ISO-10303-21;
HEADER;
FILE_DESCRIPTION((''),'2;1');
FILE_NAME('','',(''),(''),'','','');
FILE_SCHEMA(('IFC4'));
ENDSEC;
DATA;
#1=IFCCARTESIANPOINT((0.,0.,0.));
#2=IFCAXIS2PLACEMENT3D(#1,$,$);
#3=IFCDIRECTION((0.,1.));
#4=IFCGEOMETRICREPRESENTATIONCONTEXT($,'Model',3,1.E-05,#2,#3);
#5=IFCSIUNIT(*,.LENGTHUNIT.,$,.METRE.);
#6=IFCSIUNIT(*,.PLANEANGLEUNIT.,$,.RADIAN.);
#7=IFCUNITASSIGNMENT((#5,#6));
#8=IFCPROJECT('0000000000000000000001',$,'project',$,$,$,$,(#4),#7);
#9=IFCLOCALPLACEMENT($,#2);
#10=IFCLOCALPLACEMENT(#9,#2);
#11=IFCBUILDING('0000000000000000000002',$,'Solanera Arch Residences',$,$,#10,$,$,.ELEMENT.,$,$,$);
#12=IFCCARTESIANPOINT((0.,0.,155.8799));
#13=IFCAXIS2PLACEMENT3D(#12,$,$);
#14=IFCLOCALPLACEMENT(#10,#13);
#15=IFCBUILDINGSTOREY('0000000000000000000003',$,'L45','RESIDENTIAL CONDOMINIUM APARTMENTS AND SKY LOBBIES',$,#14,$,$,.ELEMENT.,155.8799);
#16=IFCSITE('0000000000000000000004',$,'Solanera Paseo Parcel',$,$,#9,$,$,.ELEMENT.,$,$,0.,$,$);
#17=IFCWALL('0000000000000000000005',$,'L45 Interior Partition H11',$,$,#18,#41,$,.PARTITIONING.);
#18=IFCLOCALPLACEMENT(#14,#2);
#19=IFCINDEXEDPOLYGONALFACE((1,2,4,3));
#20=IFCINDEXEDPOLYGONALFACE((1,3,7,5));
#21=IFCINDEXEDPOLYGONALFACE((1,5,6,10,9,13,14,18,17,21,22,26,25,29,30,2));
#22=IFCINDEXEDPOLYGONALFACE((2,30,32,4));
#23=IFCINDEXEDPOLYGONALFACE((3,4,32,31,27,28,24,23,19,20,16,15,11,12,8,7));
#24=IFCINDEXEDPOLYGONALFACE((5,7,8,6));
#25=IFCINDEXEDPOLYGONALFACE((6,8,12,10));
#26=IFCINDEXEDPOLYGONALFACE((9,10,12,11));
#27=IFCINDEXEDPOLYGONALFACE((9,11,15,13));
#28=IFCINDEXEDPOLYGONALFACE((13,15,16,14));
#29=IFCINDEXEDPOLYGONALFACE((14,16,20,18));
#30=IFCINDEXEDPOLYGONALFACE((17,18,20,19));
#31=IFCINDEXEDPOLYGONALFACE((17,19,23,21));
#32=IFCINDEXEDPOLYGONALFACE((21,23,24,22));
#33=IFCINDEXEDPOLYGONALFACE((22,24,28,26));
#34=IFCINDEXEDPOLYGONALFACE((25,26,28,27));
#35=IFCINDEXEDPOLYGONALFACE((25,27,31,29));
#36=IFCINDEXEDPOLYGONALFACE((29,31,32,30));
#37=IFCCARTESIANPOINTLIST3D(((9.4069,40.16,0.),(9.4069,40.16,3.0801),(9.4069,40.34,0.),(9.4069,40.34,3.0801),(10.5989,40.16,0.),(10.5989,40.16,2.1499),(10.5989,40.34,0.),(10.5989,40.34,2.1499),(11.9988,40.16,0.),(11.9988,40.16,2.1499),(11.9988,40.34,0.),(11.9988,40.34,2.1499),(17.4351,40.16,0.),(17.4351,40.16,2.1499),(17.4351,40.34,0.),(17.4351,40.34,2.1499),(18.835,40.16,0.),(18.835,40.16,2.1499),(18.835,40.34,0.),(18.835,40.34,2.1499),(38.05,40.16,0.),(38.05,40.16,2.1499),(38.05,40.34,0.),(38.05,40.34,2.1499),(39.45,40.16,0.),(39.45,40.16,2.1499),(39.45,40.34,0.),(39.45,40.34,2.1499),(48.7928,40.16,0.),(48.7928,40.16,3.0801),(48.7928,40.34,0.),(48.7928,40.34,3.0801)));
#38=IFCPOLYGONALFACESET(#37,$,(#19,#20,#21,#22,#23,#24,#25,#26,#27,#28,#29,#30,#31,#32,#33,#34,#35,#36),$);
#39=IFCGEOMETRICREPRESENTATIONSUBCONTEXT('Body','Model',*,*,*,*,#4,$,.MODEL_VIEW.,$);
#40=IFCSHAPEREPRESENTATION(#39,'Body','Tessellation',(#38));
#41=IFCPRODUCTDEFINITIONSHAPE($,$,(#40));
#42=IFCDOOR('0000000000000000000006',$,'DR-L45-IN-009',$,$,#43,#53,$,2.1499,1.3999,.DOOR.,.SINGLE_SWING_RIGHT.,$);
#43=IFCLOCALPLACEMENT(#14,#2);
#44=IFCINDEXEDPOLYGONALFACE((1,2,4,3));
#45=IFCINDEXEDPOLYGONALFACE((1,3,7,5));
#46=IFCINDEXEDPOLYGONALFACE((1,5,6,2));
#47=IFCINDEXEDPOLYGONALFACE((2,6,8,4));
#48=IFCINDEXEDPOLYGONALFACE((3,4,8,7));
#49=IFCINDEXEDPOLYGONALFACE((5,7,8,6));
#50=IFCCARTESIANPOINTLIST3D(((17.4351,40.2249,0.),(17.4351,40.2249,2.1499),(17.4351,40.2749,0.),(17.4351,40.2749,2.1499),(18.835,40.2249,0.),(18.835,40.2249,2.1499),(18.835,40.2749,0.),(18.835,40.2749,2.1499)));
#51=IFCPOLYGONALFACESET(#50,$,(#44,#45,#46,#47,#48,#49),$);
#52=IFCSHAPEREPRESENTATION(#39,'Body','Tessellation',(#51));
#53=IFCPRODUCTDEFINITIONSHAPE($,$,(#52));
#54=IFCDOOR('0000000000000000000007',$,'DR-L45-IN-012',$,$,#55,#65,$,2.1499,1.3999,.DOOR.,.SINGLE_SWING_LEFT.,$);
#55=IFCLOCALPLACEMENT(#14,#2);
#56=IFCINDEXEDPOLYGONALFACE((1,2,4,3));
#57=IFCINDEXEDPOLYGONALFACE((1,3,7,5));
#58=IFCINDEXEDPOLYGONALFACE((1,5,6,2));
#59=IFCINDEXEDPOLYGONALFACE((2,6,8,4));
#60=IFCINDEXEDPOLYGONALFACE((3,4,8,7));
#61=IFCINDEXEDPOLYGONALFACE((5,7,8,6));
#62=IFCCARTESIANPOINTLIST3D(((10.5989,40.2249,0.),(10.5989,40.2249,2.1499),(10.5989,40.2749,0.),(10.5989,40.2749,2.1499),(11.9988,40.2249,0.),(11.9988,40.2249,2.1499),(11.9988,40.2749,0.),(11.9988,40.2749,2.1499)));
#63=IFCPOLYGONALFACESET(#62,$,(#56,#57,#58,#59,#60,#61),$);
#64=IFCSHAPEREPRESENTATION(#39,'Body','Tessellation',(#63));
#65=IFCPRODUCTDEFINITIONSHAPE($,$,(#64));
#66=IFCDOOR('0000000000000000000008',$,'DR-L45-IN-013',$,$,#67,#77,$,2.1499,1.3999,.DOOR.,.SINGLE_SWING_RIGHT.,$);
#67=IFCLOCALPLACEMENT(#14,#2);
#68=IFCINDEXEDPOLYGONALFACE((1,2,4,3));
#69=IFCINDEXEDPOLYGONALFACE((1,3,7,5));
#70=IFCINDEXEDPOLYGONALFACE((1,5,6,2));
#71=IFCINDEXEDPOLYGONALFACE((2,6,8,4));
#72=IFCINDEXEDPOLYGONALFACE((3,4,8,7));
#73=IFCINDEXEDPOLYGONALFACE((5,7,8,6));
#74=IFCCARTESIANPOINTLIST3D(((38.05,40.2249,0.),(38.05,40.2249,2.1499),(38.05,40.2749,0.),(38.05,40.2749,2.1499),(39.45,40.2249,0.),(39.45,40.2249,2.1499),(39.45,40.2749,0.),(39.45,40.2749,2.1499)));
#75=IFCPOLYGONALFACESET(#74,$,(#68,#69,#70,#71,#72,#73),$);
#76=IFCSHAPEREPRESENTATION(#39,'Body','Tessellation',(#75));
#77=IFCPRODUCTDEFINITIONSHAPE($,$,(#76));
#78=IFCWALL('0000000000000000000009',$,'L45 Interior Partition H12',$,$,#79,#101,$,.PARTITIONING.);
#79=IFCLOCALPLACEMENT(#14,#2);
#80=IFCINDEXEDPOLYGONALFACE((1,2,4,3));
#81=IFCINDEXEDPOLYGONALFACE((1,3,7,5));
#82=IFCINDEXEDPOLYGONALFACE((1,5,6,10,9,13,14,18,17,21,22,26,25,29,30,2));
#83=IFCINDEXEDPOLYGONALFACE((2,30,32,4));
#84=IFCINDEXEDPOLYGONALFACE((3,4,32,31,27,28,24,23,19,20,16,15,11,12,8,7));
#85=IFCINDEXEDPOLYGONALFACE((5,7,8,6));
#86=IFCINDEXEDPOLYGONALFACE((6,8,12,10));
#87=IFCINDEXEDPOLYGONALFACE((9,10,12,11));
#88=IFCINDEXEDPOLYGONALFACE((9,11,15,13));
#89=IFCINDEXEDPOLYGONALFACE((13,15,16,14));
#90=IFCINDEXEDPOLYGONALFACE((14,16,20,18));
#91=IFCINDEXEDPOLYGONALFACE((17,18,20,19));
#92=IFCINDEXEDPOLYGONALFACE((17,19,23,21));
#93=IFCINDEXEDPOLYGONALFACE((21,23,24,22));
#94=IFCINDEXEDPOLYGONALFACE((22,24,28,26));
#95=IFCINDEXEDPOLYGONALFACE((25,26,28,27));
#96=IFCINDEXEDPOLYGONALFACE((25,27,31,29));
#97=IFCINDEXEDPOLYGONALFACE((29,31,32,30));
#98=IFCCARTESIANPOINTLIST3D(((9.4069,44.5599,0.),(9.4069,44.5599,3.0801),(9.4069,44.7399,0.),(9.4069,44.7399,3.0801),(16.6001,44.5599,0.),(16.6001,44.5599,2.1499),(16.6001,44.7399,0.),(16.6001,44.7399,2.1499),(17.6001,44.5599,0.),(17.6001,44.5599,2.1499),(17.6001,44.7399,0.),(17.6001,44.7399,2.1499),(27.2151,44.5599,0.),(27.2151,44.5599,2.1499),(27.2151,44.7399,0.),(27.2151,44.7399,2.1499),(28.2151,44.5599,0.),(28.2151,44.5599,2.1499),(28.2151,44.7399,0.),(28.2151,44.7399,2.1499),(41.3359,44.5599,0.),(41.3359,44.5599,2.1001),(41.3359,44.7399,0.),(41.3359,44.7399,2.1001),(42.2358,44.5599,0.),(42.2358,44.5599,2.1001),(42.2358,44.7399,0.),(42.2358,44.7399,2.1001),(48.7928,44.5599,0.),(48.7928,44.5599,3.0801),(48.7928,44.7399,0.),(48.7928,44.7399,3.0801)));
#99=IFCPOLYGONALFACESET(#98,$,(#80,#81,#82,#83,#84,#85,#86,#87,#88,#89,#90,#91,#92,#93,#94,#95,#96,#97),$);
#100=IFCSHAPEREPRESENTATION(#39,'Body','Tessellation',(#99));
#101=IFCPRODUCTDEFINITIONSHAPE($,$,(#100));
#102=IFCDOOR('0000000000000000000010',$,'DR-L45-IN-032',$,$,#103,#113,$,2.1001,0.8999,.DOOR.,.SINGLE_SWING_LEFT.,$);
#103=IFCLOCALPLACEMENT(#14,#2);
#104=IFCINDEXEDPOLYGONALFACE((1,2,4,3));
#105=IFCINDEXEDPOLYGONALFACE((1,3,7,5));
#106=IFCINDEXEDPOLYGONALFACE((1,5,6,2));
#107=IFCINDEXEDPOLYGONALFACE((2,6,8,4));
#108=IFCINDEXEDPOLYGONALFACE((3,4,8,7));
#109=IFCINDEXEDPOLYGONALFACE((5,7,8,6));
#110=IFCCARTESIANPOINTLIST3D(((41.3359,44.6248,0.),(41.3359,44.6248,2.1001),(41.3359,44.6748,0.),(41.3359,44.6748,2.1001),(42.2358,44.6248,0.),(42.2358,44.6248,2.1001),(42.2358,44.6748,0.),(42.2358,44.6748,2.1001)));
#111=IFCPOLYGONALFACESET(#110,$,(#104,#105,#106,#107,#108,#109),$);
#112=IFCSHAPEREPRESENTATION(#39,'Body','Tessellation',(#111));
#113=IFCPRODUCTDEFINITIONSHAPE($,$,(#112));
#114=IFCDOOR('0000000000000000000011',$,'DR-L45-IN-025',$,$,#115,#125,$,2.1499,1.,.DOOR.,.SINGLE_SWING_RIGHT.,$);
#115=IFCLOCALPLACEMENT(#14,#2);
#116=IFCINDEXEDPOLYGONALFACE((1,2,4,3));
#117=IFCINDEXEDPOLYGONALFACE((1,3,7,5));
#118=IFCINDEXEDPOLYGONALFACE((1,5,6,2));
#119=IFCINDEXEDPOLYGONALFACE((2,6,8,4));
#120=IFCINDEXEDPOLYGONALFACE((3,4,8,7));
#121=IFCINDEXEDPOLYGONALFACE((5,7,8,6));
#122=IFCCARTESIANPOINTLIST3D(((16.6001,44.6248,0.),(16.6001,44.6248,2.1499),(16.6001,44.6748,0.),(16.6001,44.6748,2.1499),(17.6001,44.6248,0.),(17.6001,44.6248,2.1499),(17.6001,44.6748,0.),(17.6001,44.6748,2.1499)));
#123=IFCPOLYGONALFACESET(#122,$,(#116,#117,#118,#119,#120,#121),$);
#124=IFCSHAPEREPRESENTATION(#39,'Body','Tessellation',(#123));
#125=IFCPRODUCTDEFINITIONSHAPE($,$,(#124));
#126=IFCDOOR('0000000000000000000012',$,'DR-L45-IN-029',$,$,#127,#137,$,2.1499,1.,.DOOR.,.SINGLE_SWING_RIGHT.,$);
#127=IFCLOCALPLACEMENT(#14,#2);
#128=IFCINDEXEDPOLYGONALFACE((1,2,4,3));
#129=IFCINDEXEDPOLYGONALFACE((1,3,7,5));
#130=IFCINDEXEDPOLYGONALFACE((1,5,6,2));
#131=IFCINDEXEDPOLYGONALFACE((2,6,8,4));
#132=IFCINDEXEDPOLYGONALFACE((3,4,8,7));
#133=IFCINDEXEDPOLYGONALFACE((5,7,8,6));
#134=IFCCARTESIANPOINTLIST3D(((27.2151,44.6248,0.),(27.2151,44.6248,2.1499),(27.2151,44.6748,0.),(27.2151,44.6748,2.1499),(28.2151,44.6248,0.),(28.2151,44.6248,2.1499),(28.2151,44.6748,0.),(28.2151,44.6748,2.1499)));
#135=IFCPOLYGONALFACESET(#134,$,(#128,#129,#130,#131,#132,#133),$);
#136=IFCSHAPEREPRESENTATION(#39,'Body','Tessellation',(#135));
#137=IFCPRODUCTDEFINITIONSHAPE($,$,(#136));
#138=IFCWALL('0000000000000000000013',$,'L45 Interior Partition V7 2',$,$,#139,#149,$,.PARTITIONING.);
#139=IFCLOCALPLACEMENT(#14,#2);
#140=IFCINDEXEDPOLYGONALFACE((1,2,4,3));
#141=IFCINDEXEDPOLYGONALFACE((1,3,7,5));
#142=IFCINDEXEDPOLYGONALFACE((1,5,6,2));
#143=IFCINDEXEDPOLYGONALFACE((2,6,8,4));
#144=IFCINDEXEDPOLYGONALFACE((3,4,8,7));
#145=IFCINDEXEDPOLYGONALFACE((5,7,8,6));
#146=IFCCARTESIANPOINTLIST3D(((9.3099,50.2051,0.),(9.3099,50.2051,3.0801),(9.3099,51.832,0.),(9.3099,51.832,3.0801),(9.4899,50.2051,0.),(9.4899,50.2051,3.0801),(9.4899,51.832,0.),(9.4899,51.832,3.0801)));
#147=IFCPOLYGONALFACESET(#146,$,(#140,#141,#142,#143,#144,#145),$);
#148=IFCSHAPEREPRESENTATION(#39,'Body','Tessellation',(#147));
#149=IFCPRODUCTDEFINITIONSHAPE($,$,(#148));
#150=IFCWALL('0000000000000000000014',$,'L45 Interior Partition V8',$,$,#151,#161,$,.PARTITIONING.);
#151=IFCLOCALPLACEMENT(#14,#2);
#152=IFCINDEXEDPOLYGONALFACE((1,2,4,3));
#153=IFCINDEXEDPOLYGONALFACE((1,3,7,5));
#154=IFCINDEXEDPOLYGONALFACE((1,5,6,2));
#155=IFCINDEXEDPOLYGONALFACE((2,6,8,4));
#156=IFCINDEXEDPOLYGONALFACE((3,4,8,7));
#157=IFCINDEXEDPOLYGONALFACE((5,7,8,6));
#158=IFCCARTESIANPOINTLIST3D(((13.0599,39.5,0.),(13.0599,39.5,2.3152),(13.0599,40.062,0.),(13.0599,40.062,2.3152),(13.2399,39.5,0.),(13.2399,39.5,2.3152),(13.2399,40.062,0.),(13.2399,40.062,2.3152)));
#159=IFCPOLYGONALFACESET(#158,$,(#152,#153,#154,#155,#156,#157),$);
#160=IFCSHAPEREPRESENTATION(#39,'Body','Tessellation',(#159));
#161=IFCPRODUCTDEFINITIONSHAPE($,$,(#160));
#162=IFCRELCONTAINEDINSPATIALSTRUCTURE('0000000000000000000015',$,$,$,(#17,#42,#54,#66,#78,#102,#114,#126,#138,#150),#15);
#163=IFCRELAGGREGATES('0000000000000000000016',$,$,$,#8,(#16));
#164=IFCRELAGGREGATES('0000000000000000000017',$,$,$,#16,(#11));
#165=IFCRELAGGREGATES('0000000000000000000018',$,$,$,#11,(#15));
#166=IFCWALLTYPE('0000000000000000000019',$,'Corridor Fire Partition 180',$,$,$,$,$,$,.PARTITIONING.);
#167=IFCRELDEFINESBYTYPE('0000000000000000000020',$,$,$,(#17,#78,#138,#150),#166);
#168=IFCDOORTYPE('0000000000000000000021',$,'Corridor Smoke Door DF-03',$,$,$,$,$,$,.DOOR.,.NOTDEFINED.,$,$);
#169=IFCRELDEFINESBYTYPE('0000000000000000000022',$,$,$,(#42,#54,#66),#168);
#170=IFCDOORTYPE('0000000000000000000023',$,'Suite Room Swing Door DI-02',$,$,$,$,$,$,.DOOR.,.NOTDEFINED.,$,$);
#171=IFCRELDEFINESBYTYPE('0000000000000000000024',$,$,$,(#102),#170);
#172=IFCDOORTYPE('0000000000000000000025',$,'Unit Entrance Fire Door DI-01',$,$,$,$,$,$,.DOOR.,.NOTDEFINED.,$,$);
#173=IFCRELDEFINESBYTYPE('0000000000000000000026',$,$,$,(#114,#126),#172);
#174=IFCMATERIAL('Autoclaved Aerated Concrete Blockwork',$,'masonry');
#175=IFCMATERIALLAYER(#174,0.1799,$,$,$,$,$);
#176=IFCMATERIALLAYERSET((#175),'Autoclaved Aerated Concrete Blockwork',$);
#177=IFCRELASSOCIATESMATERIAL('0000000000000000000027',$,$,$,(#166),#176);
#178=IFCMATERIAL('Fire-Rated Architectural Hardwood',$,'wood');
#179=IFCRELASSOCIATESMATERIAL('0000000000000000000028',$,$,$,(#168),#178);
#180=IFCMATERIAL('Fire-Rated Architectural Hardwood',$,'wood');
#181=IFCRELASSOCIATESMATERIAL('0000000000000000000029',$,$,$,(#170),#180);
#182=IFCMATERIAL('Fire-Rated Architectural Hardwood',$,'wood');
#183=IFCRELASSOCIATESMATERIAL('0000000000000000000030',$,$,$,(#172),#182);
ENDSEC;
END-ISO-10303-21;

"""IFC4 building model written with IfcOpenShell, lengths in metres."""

from ifc_helpers import new_model, si_unit, direction, frame, frame_2d, origin, place, context, subcontext, project, spatial, rectangle, extrude, material, layer, layer_set, type_object, element, fill, save


model = new_model("IFC4")

# Units and contexts
model_context = context("Model", 3, precision=1e-05, world=origin(), true_north=direction((0.0, 1.0)))
body_context = subcontext(model_context, "Body", "Model", "MODEL_VIEW")
ifc_project = project(units=[si_unit("LENGTHUNIT", "METRE"), si_unit("PLANEANGLEUNIT", "RADIAN")], contexts=[model_context])

# Site, building, storey
site_placement = place(None, origin())
site = spatial("IfcSite", under=ifc_project, at=site_placement, Name="Solanera Paseo Parcel", CompositionType="ELEMENT", RefElevation=0.0)
building_placement = place(site_placement, origin())
building = spatial("IfcBuilding", under=site, at=building_placement, Name="Solanera Arch Residences", CompositionType="ELEMENT")
storey_placement = place(building_placement, frame((0.0, 0.0, 155.8799)))
storey = spatial("IfcBuildingStorey", under=building, at=storey_placement, Name="L45", Description="RESIDENTIAL CONDOMINIUM APARTMENTS AND SKY LOBBIES", CompositionType="ELEMENT", Elevation=155.8799)

# Walls, openings, doors
ifc_material_1 = material(Name="Autoclaved Aerated Concrete Blockwork", Category="masonry")
ifc_layer_1 = layer(ifc_material_1, 0.1799)
ifc_layer_set_1 = layer_set([ifc_layer_1], Name="Autoclaved Aerated Concrete Blockwork")
wall_type_1 = type_object("IfcWallType", Name="Corridor Fire Partition 180", PredefinedType="PARTITIONING", material=ifc_layer_set_1)
wall_1_placement = place(storey_placement, frame((9.407, 40.25, 0.0), z_axis=(0.0, 0.0, 1.0), x_axis=(1.0, 0.0, 0.0)))
wall_1 = element("IfcWall", 1, at=wall_1_placement, inside=storey, type_object=wall_type_1, Name="L45 Interior Partition H11", PredefinedType="PARTITIONING", context=body_context, shape_type="SweptSolid", body=[
    extrude(rectangle(XDim=39.386, YDim=0.1799, at=frame_2d((19.6929, 0.0))), origin(), (0.0, 0.0, 1.0), 3.0801),
])
opening_1_placement = place(wall_1_placement, frame((8.0281, 0.0, 0.0)))
opening_1 = element("IfcOpeningElement", 2, at=opening_1_placement, cuts=wall_1, PredefinedType="OPENING", context=body_context, shape_type="SweptSolid", body=[
    extrude(rectangle(XDim=1.3999, YDim=2.1499, at=frame_2d((0.7, 1.075))), frame((0.0, 0.1001, 0.0), z_axis=(0.0, -1.0, 0.0), x_axis=(1.0, 0.0, 0.0)), (0.0, 0.0, 1.0), 0.1999),
])
opening_2_placement = place(wall_1_placement, frame((1.1919, 0.0, 0.0)))
opening_2 = element("IfcOpeningElement", 3, at=opening_2_placement, cuts=wall_1, PredefinedType="OPENING", context=body_context, shape_type="SweptSolid", body=[
    extrude(rectangle(XDim=1.3999, YDim=2.1499, at=frame_2d((0.7, 1.075))), frame((0.0, 0.1001, 0.0), z_axis=(0.0, -1.0, 0.0), x_axis=(1.0, 0.0, 0.0)), (0.0, 0.0, 1.0), 0.1999),
])
opening_3_placement = place(wall_1_placement, frame((28.6431, 0.0, 0.0)))
opening_3 = element("IfcOpeningElement", 4, at=opening_3_placement, cuts=wall_1, PredefinedType="OPENING", context=body_context, shape_type="SweptSolid", body=[
    extrude(rectangle(XDim=1.3999, YDim=2.1499, at=frame_2d((0.7, 1.075))), frame((0.0, 0.1001, 0.0), z_axis=(0.0, -1.0, 0.0), x_axis=(1.0, 0.0, 0.0)), (0.0, 0.0, 1.0), 0.1999),
])
ifc_material_2 = material(Name="Fire-Rated Architectural Hardwood", Category="wood")
door_type_1 = type_object("IfcDoorType", Name="Corridor Smoke Door DF-03", OperationType="NOTDEFINED", PredefinedType="DOOR", material=ifc_material_2)
door_1_placement = place(opening_1_placement, origin())
door_1 = element("IfcDoor", 5, at=door_1_placement, inside=storey, type_object=door_type_1, Name="DR-L45-IN-009", OperationType="SINGLE_SWING_RIGHT", OverallHeight=2.1499, OverallWidth=1.3999, PredefinedType="DOOR", context=body_context, shape_type="SweptSolid", body=[
    extrude(rectangle(XDim=1.3999, YDim=2.1499, at=frame_2d((0.7, 1.075))), frame((0.0, 0.0249, 0.0), z_axis=(0.0, -1.0, 0.0), x_axis=(1.0, 0.0, 0.0)), (0.0, 0.0, 1.0), 0.05),
])
fill(opening_1, door_1)
door_2_placement = place(opening_2_placement, origin())
door_2 = element("IfcDoor", 6, at=door_2_placement, inside=storey, type_object=door_type_1, Name="DR-L45-IN-012", OperationType="SINGLE_SWING_LEFT", OverallHeight=2.1499, OverallWidth=1.3999, PredefinedType="DOOR", context=body_context, shape_type="SweptSolid", body=[
    extrude(rectangle(XDim=1.3999, YDim=2.1499, at=frame_2d((0.7, 1.075))), frame((0.0, 0.0249, 0.0), z_axis=(0.0, -1.0, 0.0), x_axis=(1.0, 0.0, 0.0)), (0.0, 0.0, 1.0), 0.05),
])
fill(opening_2, door_2)
door_3_placement = place(opening_3_placement, origin())
door_3 = element("IfcDoor", 7, at=door_3_placement, inside=storey, type_object=door_type_1, Name="DR-L45-IN-013", OperationType="SINGLE_SWING_RIGHT", OverallHeight=2.1499, OverallWidth=1.3999, PredefinedType="DOOR", context=body_context, shape_type="SweptSolid", body=[
    extrude(rectangle(XDim=1.3999, YDim=2.1499, at=frame_2d((0.7, 1.075))), frame((0.0, 0.0249, 0.0), z_axis=(0.0, -1.0, 0.0), x_axis=(1.0, 0.0, 0.0)), (0.0, 0.0, 1.0), 0.05),
])
fill(opening_3, door_3)
wall_2_placement = place(storey_placement, frame((9.407, 44.6499, 0.0), z_axis=(0.0, 0.0, 1.0), x_axis=(1.0, 0.0, 0.0)))
wall_2 = element("IfcWall", 8, at=wall_2_placement, inside=storey, type_object=wall_type_1, Name="L45 Interior Partition H12", PredefinedType="PARTITIONING", context=body_context, shape_type="SweptSolid", body=[
    extrude(rectangle(XDim=39.386, YDim=0.1799, at=frame_2d((19.6929, 0.0))), origin(), (0.0, 0.0, 1.0), 3.0801),
])
opening_4_placement = place(wall_2_placement, frame((7.1931, 0.0, 0.0)))
opening_4 = element("IfcOpeningElement", 9, at=opening_4_placement, cuts=wall_2, PredefinedType="OPENING", context=body_context, shape_type="SweptSolid", body=[
    extrude(rectangle(XDim=1.0, YDim=2.1499, at=frame_2d((0.5, 1.075))), frame((0.0, 0.1001, 0.0), z_axis=(0.0, -1.0, 0.0), x_axis=(1.0, 0.0, 0.0)), (0.0, 0.0, 1.0), 0.1999),
])
opening_5_placement = place(wall_2_placement, frame((17.8081, 0.0, 0.0)))
opening_5 = element("IfcOpeningElement", 10, at=opening_5_placement, cuts=wall_2, PredefinedType="OPENING", context=body_context, shape_type="SweptSolid", body=[
    extrude(rectangle(XDim=1.0, YDim=2.1499, at=frame_2d((0.5, 1.075))), frame((0.0, 0.1001, 0.0), z_axis=(0.0, -1.0, 0.0), x_axis=(1.0, 0.0, 0.0)), (0.0, 0.0, 1.0), 0.1999),
])
opening_6_placement = place(wall_2_placement, frame((31.929, 0.0, 0.0)))
opening_6 = element("IfcOpeningElement", 11, at=opening_6_placement, cuts=wall_2, PredefinedType="OPENING", context=body_context, shape_type="SweptSolid", body=[
    extrude(rectangle(XDim=0.8999, YDim=2.1001, at=frame_2d((0.45, 1.05))), frame((0.0, 0.1001, 0.0), z_axis=(0.0, -1.0, 0.0), x_axis=(1.0, 0.0, 0.0)), (0.0, 0.0, 1.0), 0.1999),
])
ifc_material_3 = material(Name="Fire-Rated Architectural Hardwood", Category="wood")
door_type_2 = type_object("IfcDoorType", Name="Suite Room Swing Door DI-02", OperationType="NOTDEFINED", PredefinedType="DOOR", material=ifc_material_3)
door_4_placement = place(opening_6_placement, origin())
door_4 = element("IfcDoor", 12, at=door_4_placement, inside=storey, type_object=door_type_2, Name="DR-L45-IN-032", OperationType="SINGLE_SWING_LEFT", OverallHeight=2.1001, OverallWidth=0.8999, PredefinedType="DOOR", context=body_context, shape_type="SweptSolid", body=[
    extrude(rectangle(XDim=0.8999, YDim=2.1001, at=frame_2d((0.45, 1.05))), frame((0.0, 0.0249, 0.0), z_axis=(0.0, -1.0, 0.0), x_axis=(1.0, 0.0, 0.0)), (0.0, 0.0, 1.0), 0.05),
])
fill(opening_6, door_4)
ifc_material_4 = material(Name="Fire-Rated Architectural Hardwood", Category="wood")
door_type_3 = type_object("IfcDoorType", Name="Unit Entrance Fire Door DI-01", OperationType="NOTDEFINED", PredefinedType="DOOR", material=ifc_material_4)
door_5_placement = place(opening_4_placement, origin())
door_5 = element("IfcDoor", 13, at=door_5_placement, inside=storey, type_object=door_type_3, Name="DR-L45-IN-025", OperationType="SINGLE_SWING_RIGHT", OverallHeight=2.1499, OverallWidth=1.0, PredefinedType="DOOR", context=body_context, shape_type="SweptSolid", body=[
    extrude(rectangle(XDim=1.0, YDim=2.1499, at=frame_2d((0.5, 1.075))), frame((0.0, 0.0249, 0.0), z_axis=(0.0, -1.0, 0.0), x_axis=(1.0, 0.0, 0.0)), (0.0, 0.0, 1.0), 0.05),
])
fill(opening_4, door_5)
door_6_placement = place(opening_5_placement, origin())
door_6 = element("IfcDoor", 14, at=door_6_placement, inside=storey, type_object=door_type_3, Name="DR-L45-IN-029", OperationType="SINGLE_SWING_RIGHT", OverallHeight=2.1499, OverallWidth=1.0, PredefinedType="DOOR", context=body_context, shape_type="SweptSolid", body=[
    extrude(rectangle(XDim=1.0, YDim=2.1499, at=frame_2d((0.5, 1.075))), frame((0.0, 0.0249, 0.0), z_axis=(0.0, -1.0, 0.0), x_axis=(1.0, 0.0, 0.0)), (0.0, 0.0, 1.0), 0.05),
])
fill(opening_5, door_6)

# Walls
wall_3_placement = place(storey_placement, frame((9.3999, 50.2051, 0.0), z_axis=(0.0, 0.0, 1.0), x_axis=(0.0, 1.0, 0.0)))
element("IfcWall", 15, at=wall_3_placement, inside=storey, type_object=wall_type_1, Name="L45 Interior Partition V7 2", PredefinedType="PARTITIONING", context=body_context, shape_type="SweptSolid", body=[
    extrude(rectangle(XDim=1.627, YDim=0.1799, at=frame_2d((0.8135, 0.0))), origin(), (0.0, 0.0, 1.0), 3.0801),
])
wall_4_placement = place(storey_placement, frame((13.1499, 39.5, 0.0), z_axis=(0.0, 0.0, 1.0), x_axis=(0.0, 1.0, 0.0)))
element("IfcWall", 16, at=wall_4_placement, inside=storey, type_object=wall_type_1, Name="L45 Interior Partition V8", PredefinedType="PARTITIONING", context=body_context, shape_type="SweptSolid", body=[
    extrude(rectangle(XDim=0.562, YDim=0.1799, at=frame_2d((0.281, 0.0))), origin(), (0.0, 0.0, 1.0), 2.3152),
])

save(model, "model.ifc")
